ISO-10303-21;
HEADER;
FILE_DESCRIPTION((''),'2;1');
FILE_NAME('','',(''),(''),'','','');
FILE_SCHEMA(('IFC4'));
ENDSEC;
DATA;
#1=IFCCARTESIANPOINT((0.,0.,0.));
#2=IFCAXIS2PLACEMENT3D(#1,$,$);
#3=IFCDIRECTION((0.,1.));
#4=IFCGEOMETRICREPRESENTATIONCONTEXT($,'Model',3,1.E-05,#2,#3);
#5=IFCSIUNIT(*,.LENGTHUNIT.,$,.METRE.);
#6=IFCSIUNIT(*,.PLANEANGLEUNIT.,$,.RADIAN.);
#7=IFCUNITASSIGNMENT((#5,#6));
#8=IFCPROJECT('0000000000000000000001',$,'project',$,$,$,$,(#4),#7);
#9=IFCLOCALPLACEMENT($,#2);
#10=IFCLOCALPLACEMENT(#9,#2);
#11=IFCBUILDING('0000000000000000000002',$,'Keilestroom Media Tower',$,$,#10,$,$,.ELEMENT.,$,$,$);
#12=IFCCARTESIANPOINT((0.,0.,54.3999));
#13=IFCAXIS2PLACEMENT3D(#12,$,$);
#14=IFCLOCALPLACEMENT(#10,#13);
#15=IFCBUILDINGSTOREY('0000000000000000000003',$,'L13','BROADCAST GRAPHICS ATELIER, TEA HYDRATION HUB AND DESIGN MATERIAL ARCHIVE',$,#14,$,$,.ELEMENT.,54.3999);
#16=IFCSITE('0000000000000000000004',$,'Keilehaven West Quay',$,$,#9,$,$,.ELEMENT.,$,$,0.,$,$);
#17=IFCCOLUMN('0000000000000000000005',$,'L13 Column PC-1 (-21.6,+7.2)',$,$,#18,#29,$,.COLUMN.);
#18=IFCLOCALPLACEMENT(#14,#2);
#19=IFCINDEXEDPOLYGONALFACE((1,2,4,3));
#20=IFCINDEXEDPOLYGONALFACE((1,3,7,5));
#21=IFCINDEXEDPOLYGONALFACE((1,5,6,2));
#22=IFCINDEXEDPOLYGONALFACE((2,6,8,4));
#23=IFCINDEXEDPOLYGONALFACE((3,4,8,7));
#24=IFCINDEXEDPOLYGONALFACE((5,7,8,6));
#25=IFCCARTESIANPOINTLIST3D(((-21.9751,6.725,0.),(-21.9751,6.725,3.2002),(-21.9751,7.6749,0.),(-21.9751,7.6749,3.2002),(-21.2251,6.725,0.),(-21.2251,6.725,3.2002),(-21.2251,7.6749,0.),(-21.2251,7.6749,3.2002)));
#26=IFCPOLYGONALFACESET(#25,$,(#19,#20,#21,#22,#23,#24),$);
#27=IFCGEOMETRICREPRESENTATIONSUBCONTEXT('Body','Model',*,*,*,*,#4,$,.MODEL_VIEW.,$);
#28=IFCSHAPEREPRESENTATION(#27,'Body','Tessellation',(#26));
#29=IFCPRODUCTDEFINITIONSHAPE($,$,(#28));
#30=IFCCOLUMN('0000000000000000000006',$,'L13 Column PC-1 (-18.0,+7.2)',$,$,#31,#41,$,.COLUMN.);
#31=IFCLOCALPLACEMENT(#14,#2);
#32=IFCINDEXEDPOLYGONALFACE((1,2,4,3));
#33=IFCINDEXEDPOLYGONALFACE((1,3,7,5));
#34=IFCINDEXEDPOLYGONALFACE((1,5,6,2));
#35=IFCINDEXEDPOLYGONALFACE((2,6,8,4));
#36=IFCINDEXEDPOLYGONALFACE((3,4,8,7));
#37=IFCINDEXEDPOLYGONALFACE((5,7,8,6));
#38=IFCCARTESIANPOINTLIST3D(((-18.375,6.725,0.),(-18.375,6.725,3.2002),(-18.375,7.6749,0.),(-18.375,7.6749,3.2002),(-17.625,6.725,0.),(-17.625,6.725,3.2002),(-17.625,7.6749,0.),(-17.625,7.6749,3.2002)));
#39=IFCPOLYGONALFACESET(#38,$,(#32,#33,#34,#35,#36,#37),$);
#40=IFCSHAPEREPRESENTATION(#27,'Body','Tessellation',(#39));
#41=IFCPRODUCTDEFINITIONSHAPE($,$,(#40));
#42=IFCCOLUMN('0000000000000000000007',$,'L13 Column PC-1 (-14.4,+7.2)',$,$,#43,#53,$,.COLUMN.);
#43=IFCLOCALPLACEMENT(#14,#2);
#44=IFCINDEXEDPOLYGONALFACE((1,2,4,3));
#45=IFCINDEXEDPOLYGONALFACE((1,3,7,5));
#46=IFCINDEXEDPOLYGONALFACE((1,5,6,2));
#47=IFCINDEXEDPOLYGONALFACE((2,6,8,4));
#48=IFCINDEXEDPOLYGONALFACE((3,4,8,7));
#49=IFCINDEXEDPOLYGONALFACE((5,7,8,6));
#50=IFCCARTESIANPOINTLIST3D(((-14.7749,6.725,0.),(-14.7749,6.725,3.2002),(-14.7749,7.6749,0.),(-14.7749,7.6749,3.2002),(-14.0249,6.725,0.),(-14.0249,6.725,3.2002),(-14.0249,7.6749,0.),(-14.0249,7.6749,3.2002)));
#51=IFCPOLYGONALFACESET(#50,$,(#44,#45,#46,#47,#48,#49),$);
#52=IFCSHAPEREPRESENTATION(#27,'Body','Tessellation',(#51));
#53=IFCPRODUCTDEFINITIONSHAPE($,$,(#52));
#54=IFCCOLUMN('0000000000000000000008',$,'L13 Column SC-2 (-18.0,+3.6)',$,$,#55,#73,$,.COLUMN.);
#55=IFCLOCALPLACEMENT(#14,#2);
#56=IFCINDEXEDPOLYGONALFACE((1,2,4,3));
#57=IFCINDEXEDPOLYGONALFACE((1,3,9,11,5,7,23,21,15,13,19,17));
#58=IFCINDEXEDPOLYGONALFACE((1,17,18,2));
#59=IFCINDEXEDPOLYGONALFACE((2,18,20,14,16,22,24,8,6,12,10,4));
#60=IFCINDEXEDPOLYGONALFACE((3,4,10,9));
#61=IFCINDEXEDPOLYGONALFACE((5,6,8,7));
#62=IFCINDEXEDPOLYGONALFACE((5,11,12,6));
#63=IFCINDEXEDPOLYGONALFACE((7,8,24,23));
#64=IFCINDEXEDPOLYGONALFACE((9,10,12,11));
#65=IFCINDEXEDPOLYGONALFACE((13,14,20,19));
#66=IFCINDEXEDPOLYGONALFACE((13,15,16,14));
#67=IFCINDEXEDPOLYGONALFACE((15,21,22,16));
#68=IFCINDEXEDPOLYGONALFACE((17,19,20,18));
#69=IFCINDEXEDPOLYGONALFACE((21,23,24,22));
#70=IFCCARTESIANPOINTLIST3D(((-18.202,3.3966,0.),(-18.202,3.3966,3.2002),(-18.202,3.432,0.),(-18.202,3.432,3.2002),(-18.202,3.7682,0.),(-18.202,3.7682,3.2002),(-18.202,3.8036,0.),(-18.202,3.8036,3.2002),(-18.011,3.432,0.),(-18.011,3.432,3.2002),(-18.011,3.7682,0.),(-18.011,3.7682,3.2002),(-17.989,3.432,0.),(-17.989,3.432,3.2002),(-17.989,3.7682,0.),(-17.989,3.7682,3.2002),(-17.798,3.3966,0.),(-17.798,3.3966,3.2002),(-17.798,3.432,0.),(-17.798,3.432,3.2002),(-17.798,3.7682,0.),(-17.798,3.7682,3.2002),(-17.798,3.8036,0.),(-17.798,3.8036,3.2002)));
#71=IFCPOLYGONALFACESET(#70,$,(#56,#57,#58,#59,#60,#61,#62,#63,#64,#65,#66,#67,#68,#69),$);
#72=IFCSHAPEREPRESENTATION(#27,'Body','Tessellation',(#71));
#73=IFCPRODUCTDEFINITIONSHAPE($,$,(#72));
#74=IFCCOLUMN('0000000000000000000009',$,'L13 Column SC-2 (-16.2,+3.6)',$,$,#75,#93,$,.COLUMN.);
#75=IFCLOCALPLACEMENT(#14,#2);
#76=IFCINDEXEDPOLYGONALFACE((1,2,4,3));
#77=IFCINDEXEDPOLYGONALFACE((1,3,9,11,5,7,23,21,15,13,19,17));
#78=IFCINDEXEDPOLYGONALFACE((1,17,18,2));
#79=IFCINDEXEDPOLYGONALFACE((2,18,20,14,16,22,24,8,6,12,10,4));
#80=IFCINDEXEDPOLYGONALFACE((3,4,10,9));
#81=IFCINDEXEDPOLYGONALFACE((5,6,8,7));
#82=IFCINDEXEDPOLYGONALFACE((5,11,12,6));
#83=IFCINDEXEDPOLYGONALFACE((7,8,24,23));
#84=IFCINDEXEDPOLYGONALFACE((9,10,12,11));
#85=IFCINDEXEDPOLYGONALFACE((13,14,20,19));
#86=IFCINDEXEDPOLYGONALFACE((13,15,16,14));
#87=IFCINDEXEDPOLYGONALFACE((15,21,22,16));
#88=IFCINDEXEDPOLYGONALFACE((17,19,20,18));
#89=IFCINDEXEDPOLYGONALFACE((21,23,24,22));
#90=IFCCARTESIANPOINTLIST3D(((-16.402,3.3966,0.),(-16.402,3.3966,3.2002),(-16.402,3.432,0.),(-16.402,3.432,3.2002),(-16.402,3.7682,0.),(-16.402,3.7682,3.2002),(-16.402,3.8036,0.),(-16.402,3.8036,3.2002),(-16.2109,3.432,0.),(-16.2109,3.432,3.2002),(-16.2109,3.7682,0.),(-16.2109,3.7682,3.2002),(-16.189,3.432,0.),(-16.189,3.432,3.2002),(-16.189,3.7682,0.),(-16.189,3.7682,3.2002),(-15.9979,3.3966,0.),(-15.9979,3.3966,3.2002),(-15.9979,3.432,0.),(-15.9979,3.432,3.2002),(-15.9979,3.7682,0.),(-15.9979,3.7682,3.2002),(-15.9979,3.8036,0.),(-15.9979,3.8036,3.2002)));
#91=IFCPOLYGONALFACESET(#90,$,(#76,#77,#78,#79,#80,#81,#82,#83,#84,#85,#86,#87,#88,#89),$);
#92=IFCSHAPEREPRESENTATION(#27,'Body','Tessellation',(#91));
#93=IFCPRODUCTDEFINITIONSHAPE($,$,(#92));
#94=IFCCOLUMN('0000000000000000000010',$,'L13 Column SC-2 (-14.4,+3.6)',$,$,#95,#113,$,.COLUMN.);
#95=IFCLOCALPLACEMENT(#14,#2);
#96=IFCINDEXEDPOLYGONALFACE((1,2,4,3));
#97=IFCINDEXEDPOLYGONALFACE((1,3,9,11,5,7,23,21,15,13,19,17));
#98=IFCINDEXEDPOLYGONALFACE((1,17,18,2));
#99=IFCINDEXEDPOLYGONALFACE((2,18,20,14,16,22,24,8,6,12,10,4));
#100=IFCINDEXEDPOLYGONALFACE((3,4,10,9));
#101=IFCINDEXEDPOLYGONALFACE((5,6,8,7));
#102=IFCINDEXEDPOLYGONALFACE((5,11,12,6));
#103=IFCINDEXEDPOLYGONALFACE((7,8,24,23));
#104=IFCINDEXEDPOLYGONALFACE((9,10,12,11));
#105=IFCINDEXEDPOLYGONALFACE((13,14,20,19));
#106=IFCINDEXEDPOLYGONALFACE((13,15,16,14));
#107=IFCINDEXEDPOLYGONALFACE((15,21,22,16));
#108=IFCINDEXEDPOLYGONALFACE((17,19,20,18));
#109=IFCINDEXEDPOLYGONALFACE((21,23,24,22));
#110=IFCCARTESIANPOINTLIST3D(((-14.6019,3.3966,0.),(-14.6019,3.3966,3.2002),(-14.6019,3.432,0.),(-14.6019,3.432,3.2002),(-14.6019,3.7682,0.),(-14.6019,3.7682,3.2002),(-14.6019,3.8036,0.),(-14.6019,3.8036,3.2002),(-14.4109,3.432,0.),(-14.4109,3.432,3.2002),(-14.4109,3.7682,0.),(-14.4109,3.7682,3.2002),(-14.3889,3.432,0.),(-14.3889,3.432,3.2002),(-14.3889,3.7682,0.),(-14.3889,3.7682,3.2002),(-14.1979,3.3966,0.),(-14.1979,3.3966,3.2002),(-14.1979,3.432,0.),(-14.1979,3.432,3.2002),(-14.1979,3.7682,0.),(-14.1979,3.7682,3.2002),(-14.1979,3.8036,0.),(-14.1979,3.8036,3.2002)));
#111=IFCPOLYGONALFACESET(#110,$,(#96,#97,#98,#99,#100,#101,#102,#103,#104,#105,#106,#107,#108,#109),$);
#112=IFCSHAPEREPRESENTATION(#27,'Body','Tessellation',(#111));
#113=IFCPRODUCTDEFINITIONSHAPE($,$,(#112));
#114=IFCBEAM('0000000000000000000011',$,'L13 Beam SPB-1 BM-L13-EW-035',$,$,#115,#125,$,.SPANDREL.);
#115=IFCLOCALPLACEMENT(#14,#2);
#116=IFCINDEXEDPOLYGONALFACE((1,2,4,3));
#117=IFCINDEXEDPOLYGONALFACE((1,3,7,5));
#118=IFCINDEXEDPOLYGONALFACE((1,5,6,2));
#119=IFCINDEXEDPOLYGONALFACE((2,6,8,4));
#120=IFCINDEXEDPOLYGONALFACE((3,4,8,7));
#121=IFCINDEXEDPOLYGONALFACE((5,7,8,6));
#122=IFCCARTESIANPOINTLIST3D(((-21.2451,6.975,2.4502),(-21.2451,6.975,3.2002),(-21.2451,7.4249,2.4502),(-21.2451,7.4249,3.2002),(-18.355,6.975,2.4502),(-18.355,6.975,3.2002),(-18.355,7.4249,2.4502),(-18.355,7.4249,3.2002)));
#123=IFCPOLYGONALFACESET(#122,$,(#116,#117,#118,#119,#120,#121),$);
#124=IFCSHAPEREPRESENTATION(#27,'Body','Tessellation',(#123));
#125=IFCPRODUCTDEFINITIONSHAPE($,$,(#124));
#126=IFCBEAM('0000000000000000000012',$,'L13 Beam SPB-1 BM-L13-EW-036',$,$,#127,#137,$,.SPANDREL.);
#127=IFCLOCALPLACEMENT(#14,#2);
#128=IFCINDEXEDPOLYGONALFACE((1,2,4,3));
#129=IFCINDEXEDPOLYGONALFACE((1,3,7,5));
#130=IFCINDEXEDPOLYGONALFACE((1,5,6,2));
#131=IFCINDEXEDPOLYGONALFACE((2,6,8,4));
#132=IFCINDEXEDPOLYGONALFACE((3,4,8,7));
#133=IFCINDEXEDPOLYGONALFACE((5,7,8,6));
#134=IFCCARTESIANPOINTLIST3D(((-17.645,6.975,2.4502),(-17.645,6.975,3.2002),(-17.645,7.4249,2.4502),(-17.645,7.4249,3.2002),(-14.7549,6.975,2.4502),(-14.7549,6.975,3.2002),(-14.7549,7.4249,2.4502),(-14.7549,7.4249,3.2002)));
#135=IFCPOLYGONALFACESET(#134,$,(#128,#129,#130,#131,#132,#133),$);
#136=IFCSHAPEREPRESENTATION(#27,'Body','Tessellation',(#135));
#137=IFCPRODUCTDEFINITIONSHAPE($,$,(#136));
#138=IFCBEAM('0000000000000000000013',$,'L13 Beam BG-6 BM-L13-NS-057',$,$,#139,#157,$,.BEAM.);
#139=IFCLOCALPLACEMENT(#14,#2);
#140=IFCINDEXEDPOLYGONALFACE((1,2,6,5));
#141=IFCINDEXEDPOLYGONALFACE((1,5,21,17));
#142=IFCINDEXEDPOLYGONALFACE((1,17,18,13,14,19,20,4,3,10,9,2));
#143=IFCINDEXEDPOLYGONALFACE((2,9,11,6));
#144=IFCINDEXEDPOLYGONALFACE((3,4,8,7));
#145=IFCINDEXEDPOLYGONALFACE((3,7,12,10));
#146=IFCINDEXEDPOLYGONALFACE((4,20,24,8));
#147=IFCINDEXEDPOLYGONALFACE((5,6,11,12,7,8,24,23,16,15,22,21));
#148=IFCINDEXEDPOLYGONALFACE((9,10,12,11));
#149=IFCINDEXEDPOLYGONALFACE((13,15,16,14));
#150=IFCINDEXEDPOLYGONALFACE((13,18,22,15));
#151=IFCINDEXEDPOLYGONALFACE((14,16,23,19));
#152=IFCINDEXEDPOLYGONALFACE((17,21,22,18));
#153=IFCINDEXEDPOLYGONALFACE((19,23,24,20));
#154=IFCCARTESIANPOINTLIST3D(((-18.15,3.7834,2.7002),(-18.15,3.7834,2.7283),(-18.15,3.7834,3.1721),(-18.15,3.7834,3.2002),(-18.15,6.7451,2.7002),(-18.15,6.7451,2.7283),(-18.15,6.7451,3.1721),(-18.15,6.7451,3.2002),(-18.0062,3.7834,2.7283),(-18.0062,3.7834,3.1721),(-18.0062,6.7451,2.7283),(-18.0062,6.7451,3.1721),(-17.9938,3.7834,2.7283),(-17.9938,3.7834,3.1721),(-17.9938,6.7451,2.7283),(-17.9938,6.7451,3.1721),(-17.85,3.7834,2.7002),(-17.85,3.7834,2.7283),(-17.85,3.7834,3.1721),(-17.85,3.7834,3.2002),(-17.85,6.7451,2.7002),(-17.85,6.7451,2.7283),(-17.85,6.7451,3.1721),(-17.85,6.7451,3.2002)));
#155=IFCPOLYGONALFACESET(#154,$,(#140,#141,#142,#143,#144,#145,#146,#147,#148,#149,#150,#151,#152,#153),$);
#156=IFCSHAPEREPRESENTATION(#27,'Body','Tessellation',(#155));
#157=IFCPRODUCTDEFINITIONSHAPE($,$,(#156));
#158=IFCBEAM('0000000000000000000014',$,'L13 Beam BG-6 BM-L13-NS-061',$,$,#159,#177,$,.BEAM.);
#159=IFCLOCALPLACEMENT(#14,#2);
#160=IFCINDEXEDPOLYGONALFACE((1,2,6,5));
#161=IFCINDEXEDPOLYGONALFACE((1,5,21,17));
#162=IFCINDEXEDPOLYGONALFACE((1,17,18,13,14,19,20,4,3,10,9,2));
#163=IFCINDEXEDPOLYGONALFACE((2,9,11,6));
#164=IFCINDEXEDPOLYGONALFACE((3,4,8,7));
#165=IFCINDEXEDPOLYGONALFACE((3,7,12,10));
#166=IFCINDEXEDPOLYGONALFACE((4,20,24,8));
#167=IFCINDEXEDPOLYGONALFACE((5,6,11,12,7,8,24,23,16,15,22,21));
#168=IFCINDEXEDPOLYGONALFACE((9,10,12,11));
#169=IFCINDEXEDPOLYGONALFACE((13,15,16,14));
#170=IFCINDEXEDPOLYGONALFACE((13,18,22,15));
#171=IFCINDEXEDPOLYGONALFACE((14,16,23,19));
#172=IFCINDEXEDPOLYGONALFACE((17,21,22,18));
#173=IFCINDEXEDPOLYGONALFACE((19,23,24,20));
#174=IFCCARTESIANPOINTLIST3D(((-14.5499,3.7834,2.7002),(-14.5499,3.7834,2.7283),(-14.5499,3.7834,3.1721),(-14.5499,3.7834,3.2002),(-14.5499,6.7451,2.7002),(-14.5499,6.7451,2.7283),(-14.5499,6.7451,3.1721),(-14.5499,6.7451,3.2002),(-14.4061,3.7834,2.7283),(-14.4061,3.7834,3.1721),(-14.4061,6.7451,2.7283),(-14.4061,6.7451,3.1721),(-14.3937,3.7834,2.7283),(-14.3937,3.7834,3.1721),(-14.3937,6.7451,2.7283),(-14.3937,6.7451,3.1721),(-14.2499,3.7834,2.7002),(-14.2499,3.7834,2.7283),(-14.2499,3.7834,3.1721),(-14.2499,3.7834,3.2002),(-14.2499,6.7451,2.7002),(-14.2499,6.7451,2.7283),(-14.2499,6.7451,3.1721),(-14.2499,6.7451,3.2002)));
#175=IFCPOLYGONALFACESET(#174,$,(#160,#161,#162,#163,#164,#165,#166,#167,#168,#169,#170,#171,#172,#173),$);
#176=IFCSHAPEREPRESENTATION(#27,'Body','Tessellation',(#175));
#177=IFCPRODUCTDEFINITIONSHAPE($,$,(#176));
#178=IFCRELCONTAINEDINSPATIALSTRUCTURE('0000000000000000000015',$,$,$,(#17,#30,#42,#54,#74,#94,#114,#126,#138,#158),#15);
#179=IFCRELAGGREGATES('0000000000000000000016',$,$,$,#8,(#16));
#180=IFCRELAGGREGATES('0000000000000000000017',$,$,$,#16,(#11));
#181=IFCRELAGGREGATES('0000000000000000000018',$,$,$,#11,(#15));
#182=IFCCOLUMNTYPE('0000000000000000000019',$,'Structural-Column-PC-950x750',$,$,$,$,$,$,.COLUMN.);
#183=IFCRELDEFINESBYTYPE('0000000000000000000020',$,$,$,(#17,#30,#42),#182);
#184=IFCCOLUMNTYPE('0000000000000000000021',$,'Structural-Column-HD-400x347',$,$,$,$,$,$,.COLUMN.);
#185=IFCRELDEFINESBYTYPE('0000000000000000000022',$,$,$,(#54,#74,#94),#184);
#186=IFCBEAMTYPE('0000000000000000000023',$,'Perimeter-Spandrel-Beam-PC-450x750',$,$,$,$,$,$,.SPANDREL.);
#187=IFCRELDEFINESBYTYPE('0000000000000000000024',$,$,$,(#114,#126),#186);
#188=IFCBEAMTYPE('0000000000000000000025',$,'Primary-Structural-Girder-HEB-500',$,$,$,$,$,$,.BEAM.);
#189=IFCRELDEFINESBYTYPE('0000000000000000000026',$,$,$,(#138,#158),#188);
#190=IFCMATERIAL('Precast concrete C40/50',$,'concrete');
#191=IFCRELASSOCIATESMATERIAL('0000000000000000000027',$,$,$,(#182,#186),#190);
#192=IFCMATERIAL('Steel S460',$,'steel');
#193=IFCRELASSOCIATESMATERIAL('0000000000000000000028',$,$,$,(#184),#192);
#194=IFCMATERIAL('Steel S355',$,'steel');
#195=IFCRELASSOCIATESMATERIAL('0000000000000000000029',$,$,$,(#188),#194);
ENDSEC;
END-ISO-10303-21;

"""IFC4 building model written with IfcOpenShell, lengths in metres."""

from ifc_helpers import new_model, si_unit, direction, frame, origin, origin_2d, place, context, subcontext, project, spatial, rectangle, i_section, extrude, source, transform, mapped, material, material_profile, profile_set, type_object, element, save


model = new_model("IFC4")

# Units and contexts
model_context = context("Model", 3, precision=1e-05, world=origin(), true_north=direction((0.0, 1.0)))
body_context = subcontext(model_context, "Body", "Model", "MODEL_VIEW")
ifc_project = project(units=[si_unit("LENGTHUNIT", "METRE"), si_unit("PLANEANGLEUNIT", "RADIAN")], contexts=[model_context])

# Site, building, storey
site_placement = place(None, origin())
site = spatial("IfcSite", under=ifc_project, at=site_placement, Name="Keilehaven West Quay", CompositionType="ELEMENT", RefElevation=0.0)
building_placement = place(site_placement, origin())
building = spatial("IfcBuilding", under=site, at=building_placement, Name="Keilestroom Media Tower", CompositionType="ELEMENT")
storey_placement = place(building_placement, frame((0.0, 0.0, 54.3999)))
storey = spatial("IfcBuildingStorey", under=building, at=storey_placement, Name="L13", Description="BROADCAST GRAPHICS ATELIER, TEA HYDRATION HUB AND DESIGN MATERIAL ARCHIVE", CompositionType="ELEMENT", Elevation=54.3999)

# Columns
ifc_material_1 = material(Name="Precast concrete C40/50", Category="concrete")
ifc_material_profile_1 = material_profile(ifc_material_1, rectangle(XDim=0.75, YDim=0.95, at=origin_2d()), Name="PC 950x750")
ifc_profile_set_1 = profile_set([ifc_material_profile_1], Name="Precast concrete C40/50")
column_type_1 = type_object("IfcColumnType", Name="Structural-Column-PC-950x750", PredefinedType="COLUMN", material=ifc_profile_set_1)
shared_shape_1 = source(origin(), body_context, "Body", "SweptSolid", [
    extrude(rectangle(XDim=0.75, YDim=0.95, at=origin_2d()), origin(), (0.0, 0.0, 1.0), 3.2002),
])
for number, where, z_axis, x_axis, name in (
    (1, (-21.6001, 7.2, 0.0), (0.0, 0.0, 1.0), (1.0, 0.0, 0.0), "L13 Column PC-1 (-21.6,+7.2)"),
    (2, (-18.0, 7.2, 0.0), (0.0, 0.0, 1.0), (1.0, 0.0, 0.0), "L13 Column PC-1 (-18.0,+7.2)"),
    (3, (-14.3999, 7.2, 0.0), (0.0, 0.0, 1.0), (1.0, 0.0, 0.0), "L13 Column PC-1 (-14.4,+7.2)"),
):
    element("IfcColumn", number, at=place(storey_placement, frame(where, z_axis=z_axis, x_axis=x_axis)), inside=storey, type_object=column_type_1, Name=name, PredefinedType="COLUMN", context=body_context, shape_type="MappedRepresentation", body=[
        mapped(shared_shape_1, transform((0.0, 0.0, 0.0), x_axis=(1.0, 0.0, 0.0), y_axis=(0.0, 1.0, 0.0), z_axis=(0.0, 0.0, 1.0), scale=1.0)),
    ])
ifc_material_2 = material(Name="Steel S460", Category="steel")
ifc_material_profile_2 = material_profile(ifc_material_2, i_section(OverallWidth=0.4041, OverallDepth=0.407, WebThickness=0.022, FlangeThickness=0.0354, at=origin_2d()), Name="HD 400x347")
ifc_profile_set_2 = profile_set([ifc_material_profile_2], Name="Steel S460")
column_type_2 = type_object("IfcColumnType", Name="Structural-Column-HD-400x347", PredefinedType="COLUMN", material=ifc_profile_set_2)
shared_shape_2 = source(origin(), body_context, "Body", "SweptSolid", [
    extrude(i_section(OverallWidth=0.4041, OverallDepth=0.407, WebThickness=0.022, FlangeThickness=0.0354, at=origin_2d()), origin(), (0.0, 0.0, 1.0), 3.2002),
])
for number, where, z_axis, x_axis, name in (
    (4, (-18.0, 3.6001, 0.0), (0.0, 0.0, 1.0), (1.0, 0.0, 0.0), "L13 Column SC-2 (-18.0,+3.6)"),
    (5, (-16.2, 3.6001, 0.0), (0.0, 0.0, 1.0), (1.0, 0.0, 0.0), "L13 Column SC-2 (-16.2,+3.6)"),
    (6, (-14.3999, 3.6001, 0.0), (0.0, 0.0, 1.0), (1.0, 0.0, 0.0), "L13 Column SC-2 (-14.4,+3.6)"),
):
    element("IfcColumn", number, at=place(storey_placement, frame(where, z_axis=z_axis, x_axis=x_axis)), inside=storey, type_object=column_type_2, Name=name, PredefinedType="COLUMN", context=body_context, shape_type="MappedRepresentation", body=[
        mapped(shared_shape_2, transform((0.0, 0.0, 0.0), x_axis=(1.0, 0.0, 0.0), y_axis=(0.0, 1.0, 0.0), z_axis=(0.0, 0.0, 1.0), scale=1.0)),
    ])

# Beams
ifc_material_profile_3 = material_profile(ifc_material_1, rectangle(XDim=0.45, YDim=0.75, at=origin_2d()), Name="PC 450x750")
ifc_profile_set_3 = profile_set([ifc_material_profile_3], Name="Precast concrete C40/50")
beam_type_1 = type_object("IfcBeamType", Name="Perimeter-Spandrel-Beam-PC-450x750", PredefinedType="SPANDREL", material=ifc_profile_set_3)
shared_shape_3 = source(origin(), body_context, "Body", "SweptSolid", [
    extrude(rectangle(XDim=0.45, YDim=0.75, at=origin_2d()), origin(), (0.0, 0.0, 1.0), 2.8901),
])
for number, where, z_axis, x_axis, name in (
    (7, (-21.2451, 7.2, 2.8252), (1.0, 0.0, 0.0), (0.0, 1.0, 0.0), "L13 Beam SPB-1 BM-L13-EW-035"),
    (8, (-17.645, 7.2, 2.8252), (1.0, 0.0, 0.0), (0.0, 1.0, 0.0), "L13 Beam SPB-1 BM-L13-EW-036"),
):
    element("IfcBeam", number, at=place(storey_placement, frame(where, z_axis=z_axis, x_axis=x_axis)), inside=storey, type_object=beam_type_1, Name=name, PredefinedType="SPANDREL", context=body_context, shape_type="MappedRepresentation", body=[
        mapped(shared_shape_3, transform((0.0, 0.0, 0.0), x_axis=(1.0, 0.0, 0.0), y_axis=(0.0, 1.0, 0.0), z_axis=(0.0, 0.0, 1.0), scale=1.0)),
    ])
ifc_material_3 = material(Name="Steel S355", Category="steel")
ifc_material_profile_4 = material_profile(ifc_material_3, i_section(OverallWidth=0.3, OverallDepth=0.5, WebThickness=0.0125, FlangeThickness=0.0281, at=origin_2d()), Name="HEB 500")
ifc_profile_set_4 = profile_set([ifc_material_profile_4], Name="Steel S355")
beam_type_2 = type_object("IfcBeamType", Name="Primary-Structural-Girder-HEB-500", PredefinedType="BEAM", material=ifc_profile_set_4)
shared_shape_4 = source(origin(), body_context, "Body", "SweptSolid", [
    extrude(i_section(OverallWidth=0.3, OverallDepth=0.5, WebThickness=0.0125, FlangeThickness=0.0281, at=origin_2d()), origin(), (0.0, 0.0, 1.0), 2.9617),
])
for number, where, z_axis, x_axis, name in (
    (9, (-18.0, 3.7834, 2.9502), (0.0, 1.0, 0.0), (-1.0, 0.0, 0.0), "L13 Beam BG-6 BM-L13-NS-057"),
    (10, (-14.3999, 3.7834, 2.9502), (0.0, 1.0, 0.0), (-1.0, 0.0, 0.0), "L13 Beam BG-6 BM-L13-NS-061"),
):
    element("IfcBeam", number, at=place(storey_placement, frame(where, z_axis=z_axis, x_axis=x_axis)), inside=storey, type_object=beam_type_2, Name=name, PredefinedType="BEAM", context=body_context, shape_type="MappedRepresentation", body=[
        mapped(shared_shape_4, transform((0.0, 0.0, 0.0), x_axis=(1.0, 0.0, 0.0), y_axis=(0.0, 1.0, 0.0), z_axis=(0.0, 0.0, 1.0), scale=1.0)),
    ])

save(model, "model.ifc")
